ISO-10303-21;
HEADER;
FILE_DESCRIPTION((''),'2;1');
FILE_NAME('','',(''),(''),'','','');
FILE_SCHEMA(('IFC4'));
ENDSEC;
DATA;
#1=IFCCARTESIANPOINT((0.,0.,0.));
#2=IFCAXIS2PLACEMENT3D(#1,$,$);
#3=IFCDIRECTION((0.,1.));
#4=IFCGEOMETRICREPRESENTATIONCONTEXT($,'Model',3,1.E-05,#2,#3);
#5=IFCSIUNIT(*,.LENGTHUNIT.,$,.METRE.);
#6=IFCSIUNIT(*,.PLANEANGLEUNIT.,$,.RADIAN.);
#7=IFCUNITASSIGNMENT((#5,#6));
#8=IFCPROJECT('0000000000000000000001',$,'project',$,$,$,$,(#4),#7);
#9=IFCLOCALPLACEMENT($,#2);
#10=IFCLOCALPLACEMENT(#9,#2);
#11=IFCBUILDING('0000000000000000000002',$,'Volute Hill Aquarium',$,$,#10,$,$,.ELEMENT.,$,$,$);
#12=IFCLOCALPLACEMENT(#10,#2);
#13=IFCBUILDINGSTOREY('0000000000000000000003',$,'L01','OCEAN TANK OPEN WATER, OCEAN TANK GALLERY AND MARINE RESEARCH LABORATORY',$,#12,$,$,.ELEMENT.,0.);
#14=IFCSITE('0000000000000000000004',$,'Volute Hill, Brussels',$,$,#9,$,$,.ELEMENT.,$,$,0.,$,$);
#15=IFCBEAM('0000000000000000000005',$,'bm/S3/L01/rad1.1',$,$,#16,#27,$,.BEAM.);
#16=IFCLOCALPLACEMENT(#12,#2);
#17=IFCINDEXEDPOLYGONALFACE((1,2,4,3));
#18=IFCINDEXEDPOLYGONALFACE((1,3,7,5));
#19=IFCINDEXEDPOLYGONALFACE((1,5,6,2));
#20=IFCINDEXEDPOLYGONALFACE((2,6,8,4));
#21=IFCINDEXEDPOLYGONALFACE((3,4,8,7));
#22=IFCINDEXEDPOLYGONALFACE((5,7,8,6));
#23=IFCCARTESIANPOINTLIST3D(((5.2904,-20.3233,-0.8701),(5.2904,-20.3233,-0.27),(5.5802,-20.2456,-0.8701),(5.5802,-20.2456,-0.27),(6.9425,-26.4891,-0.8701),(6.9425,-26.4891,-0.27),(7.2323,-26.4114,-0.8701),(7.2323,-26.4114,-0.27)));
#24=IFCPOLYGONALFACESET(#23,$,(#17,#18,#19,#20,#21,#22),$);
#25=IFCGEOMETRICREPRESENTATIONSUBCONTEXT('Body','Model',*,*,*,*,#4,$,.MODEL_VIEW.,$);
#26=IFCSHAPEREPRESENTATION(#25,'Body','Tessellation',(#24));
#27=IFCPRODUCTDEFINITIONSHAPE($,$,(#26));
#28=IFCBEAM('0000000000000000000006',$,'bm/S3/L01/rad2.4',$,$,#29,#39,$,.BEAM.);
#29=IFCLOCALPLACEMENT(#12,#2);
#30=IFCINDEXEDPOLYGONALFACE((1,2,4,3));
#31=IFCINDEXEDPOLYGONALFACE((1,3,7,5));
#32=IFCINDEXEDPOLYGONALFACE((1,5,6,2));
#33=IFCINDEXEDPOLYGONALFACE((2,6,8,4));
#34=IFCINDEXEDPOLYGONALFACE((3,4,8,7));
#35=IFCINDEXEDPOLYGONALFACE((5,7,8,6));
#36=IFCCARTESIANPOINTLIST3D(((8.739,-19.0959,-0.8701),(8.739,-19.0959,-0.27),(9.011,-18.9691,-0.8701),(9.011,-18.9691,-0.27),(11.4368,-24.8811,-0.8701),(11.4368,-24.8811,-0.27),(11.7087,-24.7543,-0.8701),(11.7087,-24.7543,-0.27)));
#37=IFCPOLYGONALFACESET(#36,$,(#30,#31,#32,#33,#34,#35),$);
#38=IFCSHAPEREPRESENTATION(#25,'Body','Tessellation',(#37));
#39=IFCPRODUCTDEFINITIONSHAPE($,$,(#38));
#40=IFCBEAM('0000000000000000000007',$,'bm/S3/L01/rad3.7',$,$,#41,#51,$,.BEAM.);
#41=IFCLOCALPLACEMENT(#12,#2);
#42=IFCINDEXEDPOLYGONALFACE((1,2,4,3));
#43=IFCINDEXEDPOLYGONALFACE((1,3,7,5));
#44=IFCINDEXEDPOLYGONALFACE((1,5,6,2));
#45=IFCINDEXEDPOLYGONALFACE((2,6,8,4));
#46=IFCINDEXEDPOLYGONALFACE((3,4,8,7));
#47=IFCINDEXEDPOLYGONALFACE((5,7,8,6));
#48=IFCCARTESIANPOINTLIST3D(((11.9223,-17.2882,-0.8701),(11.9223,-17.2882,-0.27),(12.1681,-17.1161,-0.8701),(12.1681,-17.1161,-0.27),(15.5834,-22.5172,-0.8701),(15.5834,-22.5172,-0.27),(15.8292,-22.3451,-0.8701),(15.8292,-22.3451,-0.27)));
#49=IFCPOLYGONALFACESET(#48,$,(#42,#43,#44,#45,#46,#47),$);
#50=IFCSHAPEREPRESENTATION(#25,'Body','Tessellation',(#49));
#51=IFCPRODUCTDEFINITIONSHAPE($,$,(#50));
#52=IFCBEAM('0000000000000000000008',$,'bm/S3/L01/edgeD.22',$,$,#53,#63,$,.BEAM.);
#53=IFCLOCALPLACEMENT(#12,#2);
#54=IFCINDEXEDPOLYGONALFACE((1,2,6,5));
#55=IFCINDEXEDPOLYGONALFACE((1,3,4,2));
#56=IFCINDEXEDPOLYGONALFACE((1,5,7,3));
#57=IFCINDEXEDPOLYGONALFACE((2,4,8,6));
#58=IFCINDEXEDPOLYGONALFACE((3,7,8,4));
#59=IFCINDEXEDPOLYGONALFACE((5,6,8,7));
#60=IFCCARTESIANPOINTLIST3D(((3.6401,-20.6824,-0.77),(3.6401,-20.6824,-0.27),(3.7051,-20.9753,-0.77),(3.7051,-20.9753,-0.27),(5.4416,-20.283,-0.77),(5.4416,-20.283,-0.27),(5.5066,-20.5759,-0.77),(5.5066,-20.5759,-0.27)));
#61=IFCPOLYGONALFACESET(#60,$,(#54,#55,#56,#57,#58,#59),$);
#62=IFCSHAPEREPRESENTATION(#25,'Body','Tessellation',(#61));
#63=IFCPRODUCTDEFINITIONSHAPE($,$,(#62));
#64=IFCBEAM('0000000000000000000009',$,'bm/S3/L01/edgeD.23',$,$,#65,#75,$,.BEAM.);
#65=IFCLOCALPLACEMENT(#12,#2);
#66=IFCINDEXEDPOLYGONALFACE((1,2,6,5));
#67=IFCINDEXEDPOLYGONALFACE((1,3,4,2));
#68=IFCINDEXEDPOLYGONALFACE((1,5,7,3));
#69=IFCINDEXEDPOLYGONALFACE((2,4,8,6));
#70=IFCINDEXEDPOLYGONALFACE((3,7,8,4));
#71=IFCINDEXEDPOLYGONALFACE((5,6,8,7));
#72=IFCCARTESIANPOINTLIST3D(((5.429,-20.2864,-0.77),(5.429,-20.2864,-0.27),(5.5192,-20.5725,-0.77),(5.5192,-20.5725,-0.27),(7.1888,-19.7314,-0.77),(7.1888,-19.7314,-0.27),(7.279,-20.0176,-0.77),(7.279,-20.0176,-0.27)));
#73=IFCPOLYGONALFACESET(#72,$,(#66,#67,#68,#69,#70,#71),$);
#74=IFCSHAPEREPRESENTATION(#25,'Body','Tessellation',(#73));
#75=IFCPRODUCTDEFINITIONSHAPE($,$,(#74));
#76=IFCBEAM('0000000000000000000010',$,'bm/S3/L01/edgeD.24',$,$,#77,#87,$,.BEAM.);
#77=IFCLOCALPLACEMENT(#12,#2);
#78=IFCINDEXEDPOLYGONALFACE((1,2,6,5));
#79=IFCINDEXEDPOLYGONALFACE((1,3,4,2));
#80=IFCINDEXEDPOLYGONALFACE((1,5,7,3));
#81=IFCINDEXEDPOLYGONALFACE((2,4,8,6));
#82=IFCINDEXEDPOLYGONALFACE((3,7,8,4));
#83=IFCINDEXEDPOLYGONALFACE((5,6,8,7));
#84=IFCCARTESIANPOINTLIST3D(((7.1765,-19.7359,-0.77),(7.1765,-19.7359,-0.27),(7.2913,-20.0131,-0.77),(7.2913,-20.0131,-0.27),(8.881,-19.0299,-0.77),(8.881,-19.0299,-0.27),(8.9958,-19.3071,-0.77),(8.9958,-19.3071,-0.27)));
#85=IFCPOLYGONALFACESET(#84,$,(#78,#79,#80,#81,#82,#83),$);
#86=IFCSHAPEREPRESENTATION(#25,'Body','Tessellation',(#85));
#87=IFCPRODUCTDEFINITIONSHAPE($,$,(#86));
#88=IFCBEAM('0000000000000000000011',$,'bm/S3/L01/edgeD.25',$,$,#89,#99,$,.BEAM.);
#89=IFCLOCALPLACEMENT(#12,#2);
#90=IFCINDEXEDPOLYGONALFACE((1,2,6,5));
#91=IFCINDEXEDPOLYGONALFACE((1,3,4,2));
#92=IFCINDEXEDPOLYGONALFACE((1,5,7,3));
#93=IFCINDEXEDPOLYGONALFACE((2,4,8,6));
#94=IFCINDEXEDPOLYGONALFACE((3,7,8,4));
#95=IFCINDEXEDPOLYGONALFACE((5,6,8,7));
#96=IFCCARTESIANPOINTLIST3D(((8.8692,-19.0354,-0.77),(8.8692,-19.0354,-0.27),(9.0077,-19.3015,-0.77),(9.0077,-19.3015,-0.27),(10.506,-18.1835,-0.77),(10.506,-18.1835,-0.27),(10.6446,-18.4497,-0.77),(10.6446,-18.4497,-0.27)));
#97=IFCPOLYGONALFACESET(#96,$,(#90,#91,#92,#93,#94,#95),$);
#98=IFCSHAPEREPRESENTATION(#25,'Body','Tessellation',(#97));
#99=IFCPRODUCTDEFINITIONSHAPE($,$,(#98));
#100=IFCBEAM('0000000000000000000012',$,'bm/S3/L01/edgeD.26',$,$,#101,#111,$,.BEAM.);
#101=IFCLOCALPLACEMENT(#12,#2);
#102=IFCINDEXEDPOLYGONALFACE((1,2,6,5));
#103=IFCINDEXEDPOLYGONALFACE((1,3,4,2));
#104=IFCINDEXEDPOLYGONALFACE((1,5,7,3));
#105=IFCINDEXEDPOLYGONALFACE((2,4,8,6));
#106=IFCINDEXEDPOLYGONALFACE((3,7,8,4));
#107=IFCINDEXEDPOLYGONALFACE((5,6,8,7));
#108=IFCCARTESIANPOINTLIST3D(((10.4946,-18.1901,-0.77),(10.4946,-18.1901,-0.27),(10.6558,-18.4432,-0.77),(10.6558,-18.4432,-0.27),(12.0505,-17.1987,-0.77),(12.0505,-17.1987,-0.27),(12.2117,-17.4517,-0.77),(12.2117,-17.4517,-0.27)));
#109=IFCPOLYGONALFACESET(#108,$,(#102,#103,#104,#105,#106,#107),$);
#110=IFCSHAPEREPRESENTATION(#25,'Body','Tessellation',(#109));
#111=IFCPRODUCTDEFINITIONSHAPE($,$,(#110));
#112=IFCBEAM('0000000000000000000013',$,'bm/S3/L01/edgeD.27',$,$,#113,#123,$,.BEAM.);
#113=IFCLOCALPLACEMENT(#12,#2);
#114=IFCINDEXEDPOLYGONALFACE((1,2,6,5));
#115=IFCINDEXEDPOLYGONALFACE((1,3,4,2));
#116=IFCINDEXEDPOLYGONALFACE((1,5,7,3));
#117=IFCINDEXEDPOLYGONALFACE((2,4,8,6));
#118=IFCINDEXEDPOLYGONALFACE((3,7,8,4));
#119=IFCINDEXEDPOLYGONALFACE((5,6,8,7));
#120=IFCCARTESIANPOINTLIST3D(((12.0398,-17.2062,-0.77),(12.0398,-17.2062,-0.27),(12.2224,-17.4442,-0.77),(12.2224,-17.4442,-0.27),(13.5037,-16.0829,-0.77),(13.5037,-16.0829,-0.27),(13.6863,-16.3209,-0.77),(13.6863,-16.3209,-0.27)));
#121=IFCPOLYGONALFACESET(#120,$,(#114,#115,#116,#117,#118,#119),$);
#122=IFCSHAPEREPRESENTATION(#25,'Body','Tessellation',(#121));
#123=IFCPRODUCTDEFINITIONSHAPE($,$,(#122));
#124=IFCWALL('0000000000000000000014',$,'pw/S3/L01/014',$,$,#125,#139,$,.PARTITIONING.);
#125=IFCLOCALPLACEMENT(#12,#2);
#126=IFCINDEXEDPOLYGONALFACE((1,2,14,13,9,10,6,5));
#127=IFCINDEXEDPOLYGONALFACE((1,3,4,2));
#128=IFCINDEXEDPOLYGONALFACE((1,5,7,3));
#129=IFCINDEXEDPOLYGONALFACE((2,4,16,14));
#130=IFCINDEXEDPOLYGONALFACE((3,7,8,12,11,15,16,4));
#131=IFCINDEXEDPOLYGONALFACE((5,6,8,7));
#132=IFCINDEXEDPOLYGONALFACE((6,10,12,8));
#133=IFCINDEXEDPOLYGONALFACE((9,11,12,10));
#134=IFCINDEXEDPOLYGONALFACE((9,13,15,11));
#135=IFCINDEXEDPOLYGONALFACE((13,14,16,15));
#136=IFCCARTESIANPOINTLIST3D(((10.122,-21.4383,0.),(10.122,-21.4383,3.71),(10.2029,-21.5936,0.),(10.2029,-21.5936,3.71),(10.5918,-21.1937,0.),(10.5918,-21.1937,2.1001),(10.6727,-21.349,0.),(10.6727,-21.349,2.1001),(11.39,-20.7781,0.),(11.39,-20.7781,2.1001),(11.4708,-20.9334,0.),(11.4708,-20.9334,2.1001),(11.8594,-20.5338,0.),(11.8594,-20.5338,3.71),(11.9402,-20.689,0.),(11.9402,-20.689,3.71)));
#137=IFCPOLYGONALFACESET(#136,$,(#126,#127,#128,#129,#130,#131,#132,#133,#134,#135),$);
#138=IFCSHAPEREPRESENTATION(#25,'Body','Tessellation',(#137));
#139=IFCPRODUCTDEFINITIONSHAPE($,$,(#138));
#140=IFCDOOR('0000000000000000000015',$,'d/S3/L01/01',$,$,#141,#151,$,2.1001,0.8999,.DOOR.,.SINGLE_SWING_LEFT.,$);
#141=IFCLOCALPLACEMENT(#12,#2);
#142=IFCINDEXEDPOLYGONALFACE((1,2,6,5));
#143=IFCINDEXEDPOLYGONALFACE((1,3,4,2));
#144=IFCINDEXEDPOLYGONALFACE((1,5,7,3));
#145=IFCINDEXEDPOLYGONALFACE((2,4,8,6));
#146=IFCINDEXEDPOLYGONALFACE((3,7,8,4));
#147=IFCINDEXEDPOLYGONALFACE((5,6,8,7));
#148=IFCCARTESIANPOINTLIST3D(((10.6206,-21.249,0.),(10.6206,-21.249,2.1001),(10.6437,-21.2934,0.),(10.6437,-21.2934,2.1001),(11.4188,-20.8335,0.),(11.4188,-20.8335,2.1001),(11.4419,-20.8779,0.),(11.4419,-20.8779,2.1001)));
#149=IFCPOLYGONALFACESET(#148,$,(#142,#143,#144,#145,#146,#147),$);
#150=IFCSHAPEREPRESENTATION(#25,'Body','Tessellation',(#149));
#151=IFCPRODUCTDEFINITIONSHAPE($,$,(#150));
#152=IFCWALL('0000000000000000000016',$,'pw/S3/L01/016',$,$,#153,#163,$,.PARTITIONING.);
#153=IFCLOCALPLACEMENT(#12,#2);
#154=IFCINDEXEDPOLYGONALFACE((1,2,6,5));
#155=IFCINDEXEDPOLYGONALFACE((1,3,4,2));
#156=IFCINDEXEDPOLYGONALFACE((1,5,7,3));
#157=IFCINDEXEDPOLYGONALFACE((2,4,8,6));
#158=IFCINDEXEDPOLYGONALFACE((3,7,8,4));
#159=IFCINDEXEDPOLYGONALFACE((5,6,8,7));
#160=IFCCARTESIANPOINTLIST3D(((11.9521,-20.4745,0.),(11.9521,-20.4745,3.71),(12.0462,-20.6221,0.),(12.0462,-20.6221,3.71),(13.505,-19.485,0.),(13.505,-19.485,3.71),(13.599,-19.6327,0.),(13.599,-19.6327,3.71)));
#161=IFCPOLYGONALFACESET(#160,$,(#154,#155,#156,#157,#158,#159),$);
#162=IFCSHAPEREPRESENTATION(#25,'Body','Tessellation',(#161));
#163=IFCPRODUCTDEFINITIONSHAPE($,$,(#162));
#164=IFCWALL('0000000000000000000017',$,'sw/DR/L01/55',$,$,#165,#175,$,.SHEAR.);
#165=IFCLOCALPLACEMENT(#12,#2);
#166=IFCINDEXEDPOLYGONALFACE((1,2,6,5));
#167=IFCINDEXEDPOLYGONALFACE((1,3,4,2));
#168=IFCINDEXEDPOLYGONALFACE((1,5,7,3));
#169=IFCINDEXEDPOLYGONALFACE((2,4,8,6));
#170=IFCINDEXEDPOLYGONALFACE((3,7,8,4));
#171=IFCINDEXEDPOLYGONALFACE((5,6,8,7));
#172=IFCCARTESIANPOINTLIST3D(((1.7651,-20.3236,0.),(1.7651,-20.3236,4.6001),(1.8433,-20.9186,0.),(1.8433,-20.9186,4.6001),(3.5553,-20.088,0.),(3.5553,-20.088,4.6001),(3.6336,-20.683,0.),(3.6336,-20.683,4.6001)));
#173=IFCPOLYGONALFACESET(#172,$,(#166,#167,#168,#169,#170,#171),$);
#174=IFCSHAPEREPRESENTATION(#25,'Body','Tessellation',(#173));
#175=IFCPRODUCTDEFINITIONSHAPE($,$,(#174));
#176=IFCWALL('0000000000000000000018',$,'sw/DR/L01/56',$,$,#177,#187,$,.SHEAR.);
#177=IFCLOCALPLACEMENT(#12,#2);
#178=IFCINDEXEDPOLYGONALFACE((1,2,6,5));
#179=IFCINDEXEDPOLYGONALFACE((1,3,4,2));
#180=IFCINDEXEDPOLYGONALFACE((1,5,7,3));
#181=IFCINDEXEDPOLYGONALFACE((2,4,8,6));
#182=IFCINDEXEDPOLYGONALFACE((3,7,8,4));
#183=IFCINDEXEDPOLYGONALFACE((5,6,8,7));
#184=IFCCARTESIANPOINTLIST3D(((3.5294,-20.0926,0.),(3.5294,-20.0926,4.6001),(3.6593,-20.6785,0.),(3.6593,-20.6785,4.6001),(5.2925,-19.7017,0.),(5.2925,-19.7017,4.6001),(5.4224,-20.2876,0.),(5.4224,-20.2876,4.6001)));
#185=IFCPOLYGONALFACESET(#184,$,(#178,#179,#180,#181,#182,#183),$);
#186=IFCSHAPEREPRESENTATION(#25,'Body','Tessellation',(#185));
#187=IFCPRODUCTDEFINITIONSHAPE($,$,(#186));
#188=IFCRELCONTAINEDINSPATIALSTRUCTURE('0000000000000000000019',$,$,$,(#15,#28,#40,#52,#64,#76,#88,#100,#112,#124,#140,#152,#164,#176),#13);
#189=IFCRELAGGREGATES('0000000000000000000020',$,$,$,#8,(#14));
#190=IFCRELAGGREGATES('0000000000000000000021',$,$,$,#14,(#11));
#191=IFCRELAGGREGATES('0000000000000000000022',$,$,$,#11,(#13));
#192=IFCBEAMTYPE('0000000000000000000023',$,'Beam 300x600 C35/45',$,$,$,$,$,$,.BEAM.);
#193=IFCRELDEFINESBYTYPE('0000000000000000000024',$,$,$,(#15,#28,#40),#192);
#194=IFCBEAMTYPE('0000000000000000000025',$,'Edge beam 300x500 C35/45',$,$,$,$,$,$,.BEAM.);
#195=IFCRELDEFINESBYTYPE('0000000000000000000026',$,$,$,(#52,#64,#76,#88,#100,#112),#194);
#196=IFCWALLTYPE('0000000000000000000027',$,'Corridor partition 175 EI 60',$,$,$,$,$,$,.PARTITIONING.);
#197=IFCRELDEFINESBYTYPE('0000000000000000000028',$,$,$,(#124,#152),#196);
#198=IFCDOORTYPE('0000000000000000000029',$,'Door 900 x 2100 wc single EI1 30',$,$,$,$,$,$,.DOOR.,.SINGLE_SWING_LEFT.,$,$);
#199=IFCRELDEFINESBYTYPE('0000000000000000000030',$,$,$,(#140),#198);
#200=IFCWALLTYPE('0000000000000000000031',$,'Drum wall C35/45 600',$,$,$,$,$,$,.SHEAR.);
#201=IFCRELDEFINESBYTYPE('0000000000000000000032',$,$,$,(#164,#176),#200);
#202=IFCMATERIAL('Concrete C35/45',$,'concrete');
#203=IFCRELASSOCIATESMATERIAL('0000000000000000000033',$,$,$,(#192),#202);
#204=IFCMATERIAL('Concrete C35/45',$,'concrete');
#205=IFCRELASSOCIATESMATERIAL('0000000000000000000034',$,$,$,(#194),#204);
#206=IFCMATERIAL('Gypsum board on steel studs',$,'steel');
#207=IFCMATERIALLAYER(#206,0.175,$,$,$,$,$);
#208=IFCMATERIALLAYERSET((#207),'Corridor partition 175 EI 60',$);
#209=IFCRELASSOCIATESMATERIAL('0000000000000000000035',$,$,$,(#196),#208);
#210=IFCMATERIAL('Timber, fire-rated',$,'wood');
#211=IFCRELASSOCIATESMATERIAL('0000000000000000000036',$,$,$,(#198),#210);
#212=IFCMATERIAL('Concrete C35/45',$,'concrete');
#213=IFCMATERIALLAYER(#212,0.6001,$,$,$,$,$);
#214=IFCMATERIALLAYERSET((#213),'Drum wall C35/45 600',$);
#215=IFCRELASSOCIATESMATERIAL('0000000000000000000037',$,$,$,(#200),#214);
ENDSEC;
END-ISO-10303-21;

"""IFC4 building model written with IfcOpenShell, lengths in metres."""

from ifc_helpers import new_model, si_unit, direction, frame, frame_2d, origin, origin_2d, place, context, subcontext, project, spatial, rectangle, extrude, material, layer, layer_set, material_profile, profile_set, type_object, element, fill, save


model = new_model("IFC4")

# Units and contexts
model_context = context("Model", 3, precision=1e-05, world=origin(), true_north=direction((0.0, 1.0)))
body_context = subcontext(model_context, "Body", "Model", "MODEL_VIEW")
ifc_project = project(units=[si_unit("LENGTHUNIT", "METRE"), si_unit("PLANEANGLEUNIT", "RADIAN")], contexts=[model_context])

# Site, building, storey
site_placement = place(None, origin())
site = spatial("IfcSite", under=ifc_project, at=site_placement, Name="Volute Hill, Brussels", CompositionType="ELEMENT", RefElevation=0.0)
building_placement = place(site_placement, origin())
building = spatial("IfcBuilding", under=site, at=building_placement, Name="Volute Hill Aquarium", CompositionType="ELEMENT")
storey_placement = place(building_placement, origin())
storey = spatial("IfcBuildingStorey", under=building, at=storey_placement, Name="L01", Description="OCEAN TANK OPEN WATER, OCEAN TANK GALLERY AND MARINE RESEARCH LABORATORY", CompositionType="ELEMENT", Elevation=0.0)

# Beams
ifc_material_1 = material(Name="Concrete C35/45", Category="concrete")
ifc_material_profile_1 = material_profile(ifc_material_1, rectangle(XDim=0.3, YDim=0.6001, at=origin_2d()), Name="RC beam 300x600")
ifc_profile_set_1 = profile_set([ifc_material_profile_1], Name="Concrete C35/45")
beam_type_1 = type_object("IfcBeamType", Name="Beam 300x600 C35/45", PredefinedType="BEAM", material=ifc_profile_set_1)
for number, where, z_axis, x_axis, name in (
    (1, (5.4353, -20.2844, -0.5701), (0.258817, -0.965926, 0.0), (0.965926, 0.258817, 0.0), "bm/S3/L01/rad1.1"),
    (2, (8.875, -19.0325, -0.5701), (0.42263, -0.906302, 0.0), (0.906302, 0.42263, 0.0), "bm/S3/L01/rad2.4"),
    (3, (12.0452, -17.2021, -0.5701), (0.57355, -0.819171, 0.0), (0.819171, 0.57355, 0.0), "bm/S3/L01/rad3.7"),
):
    element("IfcBeam", number, at=place(storey_placement, frame(where, z_axis=z_axis, x_axis=x_axis)), inside=storey, type_object=beam_type_1, Name=name, PredefinedType="BEAM", context=body_context, shape_type="SweptSolid", body=[
        extrude(rectangle(XDim=0.3, YDim=0.6001, at=origin_2d()), origin(), (0.0, 0.0, 1.0), 6.3833),
    ])
ifc_material_2 = material(Name="Concrete C35/45", Category="concrete")
ifc_material_profile_2 = material_profile(ifc_material_2, rectangle(XDim=0.3, YDim=0.5, at=origin_2d()), Name="RC edge beam 300x500")
ifc_profile_set_2 = profile_set([ifc_material_profile_2], Name="Concrete C35/45")
beam_type_2 = type_object("IfcBeamType", Name="Edge beam 300x500 C35/45", PredefinedType="BEAM", material=ifc_profile_set_2)
for number, where, z_axis, x_axis, name in (
    (4, (3.6726, -20.8289, -0.52), (0.976293, 0.216454, 0.0), (-0.216454, 0.976293, 0.0), "bm/S3/L01/edgeD.22"),
    (5, (5.4741, -20.4294, -0.52), (0.953705, 0.300745, 0.0), (-0.300745, 0.953705, 0.0), "bm/S3/L01/edgeD.23"),
):
    element("IfcBeam", number, at=place(storey_placement, frame(where, z_axis=z_axis, x_axis=x_axis)), inside=storey, type_object=beam_type_2, Name=name, PredefinedType="BEAM", context=body_context, shape_type="SweptSolid", body=[
        extrude(rectangle(XDim=0.3, YDim=0.5, at=origin_2d()), origin(), (0.0, 0.0, 1.0), 1.8452),
    ])
beam_1_placement = place(storey_placement, frame((7.2339, -19.8745, -0.52), z_axis=(0.923881, 0.382679, 0.0), x_axis=(-0.382679, 0.923881, 0.0)))
element("IfcBeam", 6, at=beam_1_placement, inside=storey, type_object=beam_type_2, Name="bm/S3/L01/edgeD.24", PredefinedType="BEAM", context=body_context, shape_type="SweptSolid", body=[
    extrude(rectangle(XDim=0.3, YDim=0.5, at=origin_2d()), origin(), (0.0, 0.0, 1.0), 1.845),
])
beam_2_placement = place(storey_placement, frame((8.9385, -19.1685, -0.52), z_axis=(0.887059, 0.461657, 0.0), x_axis=(-0.461657, 0.887059, 0.0)))
element("IfcBeam", 7, at=beam_2_placement, inside=storey, type_object=beam_type_2, Name="bm/S3/L01/edgeD.25", PredefinedType="BEAM", context=body_context, shape_type="SweptSolid", body=[
    extrude(rectangle(XDim=0.3, YDim=0.5, at=origin_2d()), origin(), (0.0, 0.0, 1.0), 1.8452),
])
beam_3_placement = place(storey_placement, frame((10.5752, -18.3167, -0.52), z_axis=(0.843334, 0.537389, 0.0), x_axis=(-0.537389, 0.843334, 0.0)))
element("IfcBeam", 8, at=beam_3_placement, inside=storey, type_object=beam_type_2, Name="bm/S3/L01/edgeD.26", PredefinedType="BEAM", context=body_context, shape_type="SweptSolid", body=[
    extrude(rectangle(XDim=0.3, YDim=0.5, at=origin_2d()), origin(), (0.0, 0.0, 1.0), 1.845),
])
beam_4_placement = place(storey_placement, frame((12.1311, -17.3252, -0.52), z_axis=(0.793346, 0.60877, 0.0), x_axis=(-0.60877, 0.793346, 0.0)))
element("IfcBeam", 9, at=beam_4_placement, inside=storey, type_object=beam_type_2, Name="bm/S3/L01/edgeD.27", PredefinedType="BEAM", context=body_context, shape_type="SweptSolid", body=[
    extrude(rectangle(XDim=0.3, YDim=0.5, at=origin_2d()), origin(), (0.0, 0.0, 1.0), 1.8452),
])

# Wall, opening, door
ifc_material_3 = material(Name="Gypsum board on steel studs", Category="steel")
ifc_layer_1 = layer(ifc_material_3, 0.175)
ifc_layer_set_1 = layer_set([ifc_layer_1], Name="Corridor partition 175 EI 60")
wall_type_1 = type_object("IfcWallType", Name="Corridor partition 175 EI 60", PredefinedType="PARTITIONING", material=ifc_layer_set_1)
wall_1_placement = place(storey_placement, frame((11.8999, -20.6113, 0.0), z_axis=(0.0, 0.0, 1.0), x_axis=(-0.886978, -0.461812, 0.0)))
wall_1 = element("IfcWall", 10, at=wall_1_placement, inside=storey, type_object=wall_type_1, Name="pw/S3/L01/014", PredefinedType="PARTITIONING", context=body_context, shape_type="SweptSolid", body=[
    extrude(rectangle(XDim=1.9587, YDim=0.175, at=frame_2d((0.9795, 0.0))), origin(), (0.0, 0.0, 1.0), 3.71),
])
opening_1_placement = place(wall_1_placement, frame((0.5293, 0.0, 0.0)))
opening_1 = element("IfcOpeningElement", 11, at=opening_1_placement, cuts=wall_1, PredefinedType="OPENING", context=body_context, shape_type="SweptSolid", body=[
    extrude(rectangle(XDim=0.8999, YDim=2.1001, at=frame_2d((0.45, 1.05))), frame((0.0, 0.0974, 0.0), z_axis=(0.0, -1.0, 0.0), x_axis=(1.0, 0.0, 0.0)), (0.0, 0.0, 1.0), 0.1951),
])
ifc_material_4 = material(Name="Timber, fire-rated", Category="wood")
door_type_1 = type_object("IfcDoorType", Name="Door 900 x 2100 wc single EI1 30", OperationType="SINGLE_SWING_LEFT", PredefinedType="DOOR", material=ifc_material_4)
door_1_placement = place(opening_1_placement, origin())
door_1 = element("IfcDoor", 12, at=door_1_placement, inside=storey, type_object=door_type_1, Name="d/S3/L01/01", OperationType="SINGLE_SWING_LEFT", OverallHeight=2.1001, OverallWidth=0.8999, PredefinedType="DOOR", context=body_context, shape_type="SweptSolid", body=[
    extrude(rectangle(XDim=0.8999, YDim=2.1001, at=frame_2d((0.45, 1.05))), frame((0.0, 0.0249, 0.0), z_axis=(0.0, -1.0, 0.0), x_axis=(1.0, 0.0, 0.0)), (0.0, 0.0, 1.0), 0.05),
])
fill(opening_1, door_1)

# Walls
wall_2_placement = place(storey_placement, frame((13.552, -19.5588, 0.0), z_axis=(0.0, 0.0, 1.0), x_axis=(-0.843356, -0.537356, 0.0)))
element("IfcWall", 13, at=wall_2_placement, inside=storey, type_object=wall_type_1, Name="pw/S3/L01/016", PredefinedType="PARTITIONING", context=body_context, shape_type="SweptSolid", body=[
    extrude(rectangle(XDim=1.8413, YDim=0.175, at=frame_2d((0.9207, 0.0))), origin(), (0.0, 0.0, 1.0), 3.71),
])
ifc_material_5 = material(Name="Concrete C35/45", Category="concrete")
ifc_layer_2 = layer(ifc_material_5, 0.6001)
ifc_layer_set_2 = layer_set([ifc_layer_2], Name="Drum wall C35/45 600")
wall_type_2 = type_object("IfcWallType", Name="Drum wall C35/45 600", PredefinedType="SHEAR", material=ifc_layer_set_2)
wall_3_placement = place(storey_placement, frame((1.8042, -20.6211, 0.0), z_axis=(0.0, 0.0, 1.0), x_axis=(0.991452, 0.130472, 0.0)))
element("IfcWall", 14, at=wall_3_placement, inside=storey, type_object=wall_type_2, Name="sw/DR/L01/55", PredefinedType="SHEAR", context=body_context, shape_type="SweptSolid", body=[
    extrude(rectangle(XDim=1.8057, YDim=0.6001, at=frame_2d((0.9028, 0.0))), origin(), (0.0, 0.0, 1.0), 4.6001),
])
wall_4_placement = place(storey_placement, frame((3.5945, -20.3855, 0.0), z_axis=(0.0, 0.0, 1.0), x_axis=(0.976298, 0.216429, 0.0)))
element("IfcWall", 15, at=wall_4_placement, inside=storey, type_object=wall_type_2, Name="sw/DR/L01/56", PredefinedType="SHEAR", context=body_context, shape_type="SweptSolid", body=[
    extrude(rectangle(XDim=1.8059, YDim=0.6001, at=frame_2d((0.9028, 0.0))), origin(), (0.0, 0.0, 1.0), 4.6001),
])

save(model, "model.ifc")
